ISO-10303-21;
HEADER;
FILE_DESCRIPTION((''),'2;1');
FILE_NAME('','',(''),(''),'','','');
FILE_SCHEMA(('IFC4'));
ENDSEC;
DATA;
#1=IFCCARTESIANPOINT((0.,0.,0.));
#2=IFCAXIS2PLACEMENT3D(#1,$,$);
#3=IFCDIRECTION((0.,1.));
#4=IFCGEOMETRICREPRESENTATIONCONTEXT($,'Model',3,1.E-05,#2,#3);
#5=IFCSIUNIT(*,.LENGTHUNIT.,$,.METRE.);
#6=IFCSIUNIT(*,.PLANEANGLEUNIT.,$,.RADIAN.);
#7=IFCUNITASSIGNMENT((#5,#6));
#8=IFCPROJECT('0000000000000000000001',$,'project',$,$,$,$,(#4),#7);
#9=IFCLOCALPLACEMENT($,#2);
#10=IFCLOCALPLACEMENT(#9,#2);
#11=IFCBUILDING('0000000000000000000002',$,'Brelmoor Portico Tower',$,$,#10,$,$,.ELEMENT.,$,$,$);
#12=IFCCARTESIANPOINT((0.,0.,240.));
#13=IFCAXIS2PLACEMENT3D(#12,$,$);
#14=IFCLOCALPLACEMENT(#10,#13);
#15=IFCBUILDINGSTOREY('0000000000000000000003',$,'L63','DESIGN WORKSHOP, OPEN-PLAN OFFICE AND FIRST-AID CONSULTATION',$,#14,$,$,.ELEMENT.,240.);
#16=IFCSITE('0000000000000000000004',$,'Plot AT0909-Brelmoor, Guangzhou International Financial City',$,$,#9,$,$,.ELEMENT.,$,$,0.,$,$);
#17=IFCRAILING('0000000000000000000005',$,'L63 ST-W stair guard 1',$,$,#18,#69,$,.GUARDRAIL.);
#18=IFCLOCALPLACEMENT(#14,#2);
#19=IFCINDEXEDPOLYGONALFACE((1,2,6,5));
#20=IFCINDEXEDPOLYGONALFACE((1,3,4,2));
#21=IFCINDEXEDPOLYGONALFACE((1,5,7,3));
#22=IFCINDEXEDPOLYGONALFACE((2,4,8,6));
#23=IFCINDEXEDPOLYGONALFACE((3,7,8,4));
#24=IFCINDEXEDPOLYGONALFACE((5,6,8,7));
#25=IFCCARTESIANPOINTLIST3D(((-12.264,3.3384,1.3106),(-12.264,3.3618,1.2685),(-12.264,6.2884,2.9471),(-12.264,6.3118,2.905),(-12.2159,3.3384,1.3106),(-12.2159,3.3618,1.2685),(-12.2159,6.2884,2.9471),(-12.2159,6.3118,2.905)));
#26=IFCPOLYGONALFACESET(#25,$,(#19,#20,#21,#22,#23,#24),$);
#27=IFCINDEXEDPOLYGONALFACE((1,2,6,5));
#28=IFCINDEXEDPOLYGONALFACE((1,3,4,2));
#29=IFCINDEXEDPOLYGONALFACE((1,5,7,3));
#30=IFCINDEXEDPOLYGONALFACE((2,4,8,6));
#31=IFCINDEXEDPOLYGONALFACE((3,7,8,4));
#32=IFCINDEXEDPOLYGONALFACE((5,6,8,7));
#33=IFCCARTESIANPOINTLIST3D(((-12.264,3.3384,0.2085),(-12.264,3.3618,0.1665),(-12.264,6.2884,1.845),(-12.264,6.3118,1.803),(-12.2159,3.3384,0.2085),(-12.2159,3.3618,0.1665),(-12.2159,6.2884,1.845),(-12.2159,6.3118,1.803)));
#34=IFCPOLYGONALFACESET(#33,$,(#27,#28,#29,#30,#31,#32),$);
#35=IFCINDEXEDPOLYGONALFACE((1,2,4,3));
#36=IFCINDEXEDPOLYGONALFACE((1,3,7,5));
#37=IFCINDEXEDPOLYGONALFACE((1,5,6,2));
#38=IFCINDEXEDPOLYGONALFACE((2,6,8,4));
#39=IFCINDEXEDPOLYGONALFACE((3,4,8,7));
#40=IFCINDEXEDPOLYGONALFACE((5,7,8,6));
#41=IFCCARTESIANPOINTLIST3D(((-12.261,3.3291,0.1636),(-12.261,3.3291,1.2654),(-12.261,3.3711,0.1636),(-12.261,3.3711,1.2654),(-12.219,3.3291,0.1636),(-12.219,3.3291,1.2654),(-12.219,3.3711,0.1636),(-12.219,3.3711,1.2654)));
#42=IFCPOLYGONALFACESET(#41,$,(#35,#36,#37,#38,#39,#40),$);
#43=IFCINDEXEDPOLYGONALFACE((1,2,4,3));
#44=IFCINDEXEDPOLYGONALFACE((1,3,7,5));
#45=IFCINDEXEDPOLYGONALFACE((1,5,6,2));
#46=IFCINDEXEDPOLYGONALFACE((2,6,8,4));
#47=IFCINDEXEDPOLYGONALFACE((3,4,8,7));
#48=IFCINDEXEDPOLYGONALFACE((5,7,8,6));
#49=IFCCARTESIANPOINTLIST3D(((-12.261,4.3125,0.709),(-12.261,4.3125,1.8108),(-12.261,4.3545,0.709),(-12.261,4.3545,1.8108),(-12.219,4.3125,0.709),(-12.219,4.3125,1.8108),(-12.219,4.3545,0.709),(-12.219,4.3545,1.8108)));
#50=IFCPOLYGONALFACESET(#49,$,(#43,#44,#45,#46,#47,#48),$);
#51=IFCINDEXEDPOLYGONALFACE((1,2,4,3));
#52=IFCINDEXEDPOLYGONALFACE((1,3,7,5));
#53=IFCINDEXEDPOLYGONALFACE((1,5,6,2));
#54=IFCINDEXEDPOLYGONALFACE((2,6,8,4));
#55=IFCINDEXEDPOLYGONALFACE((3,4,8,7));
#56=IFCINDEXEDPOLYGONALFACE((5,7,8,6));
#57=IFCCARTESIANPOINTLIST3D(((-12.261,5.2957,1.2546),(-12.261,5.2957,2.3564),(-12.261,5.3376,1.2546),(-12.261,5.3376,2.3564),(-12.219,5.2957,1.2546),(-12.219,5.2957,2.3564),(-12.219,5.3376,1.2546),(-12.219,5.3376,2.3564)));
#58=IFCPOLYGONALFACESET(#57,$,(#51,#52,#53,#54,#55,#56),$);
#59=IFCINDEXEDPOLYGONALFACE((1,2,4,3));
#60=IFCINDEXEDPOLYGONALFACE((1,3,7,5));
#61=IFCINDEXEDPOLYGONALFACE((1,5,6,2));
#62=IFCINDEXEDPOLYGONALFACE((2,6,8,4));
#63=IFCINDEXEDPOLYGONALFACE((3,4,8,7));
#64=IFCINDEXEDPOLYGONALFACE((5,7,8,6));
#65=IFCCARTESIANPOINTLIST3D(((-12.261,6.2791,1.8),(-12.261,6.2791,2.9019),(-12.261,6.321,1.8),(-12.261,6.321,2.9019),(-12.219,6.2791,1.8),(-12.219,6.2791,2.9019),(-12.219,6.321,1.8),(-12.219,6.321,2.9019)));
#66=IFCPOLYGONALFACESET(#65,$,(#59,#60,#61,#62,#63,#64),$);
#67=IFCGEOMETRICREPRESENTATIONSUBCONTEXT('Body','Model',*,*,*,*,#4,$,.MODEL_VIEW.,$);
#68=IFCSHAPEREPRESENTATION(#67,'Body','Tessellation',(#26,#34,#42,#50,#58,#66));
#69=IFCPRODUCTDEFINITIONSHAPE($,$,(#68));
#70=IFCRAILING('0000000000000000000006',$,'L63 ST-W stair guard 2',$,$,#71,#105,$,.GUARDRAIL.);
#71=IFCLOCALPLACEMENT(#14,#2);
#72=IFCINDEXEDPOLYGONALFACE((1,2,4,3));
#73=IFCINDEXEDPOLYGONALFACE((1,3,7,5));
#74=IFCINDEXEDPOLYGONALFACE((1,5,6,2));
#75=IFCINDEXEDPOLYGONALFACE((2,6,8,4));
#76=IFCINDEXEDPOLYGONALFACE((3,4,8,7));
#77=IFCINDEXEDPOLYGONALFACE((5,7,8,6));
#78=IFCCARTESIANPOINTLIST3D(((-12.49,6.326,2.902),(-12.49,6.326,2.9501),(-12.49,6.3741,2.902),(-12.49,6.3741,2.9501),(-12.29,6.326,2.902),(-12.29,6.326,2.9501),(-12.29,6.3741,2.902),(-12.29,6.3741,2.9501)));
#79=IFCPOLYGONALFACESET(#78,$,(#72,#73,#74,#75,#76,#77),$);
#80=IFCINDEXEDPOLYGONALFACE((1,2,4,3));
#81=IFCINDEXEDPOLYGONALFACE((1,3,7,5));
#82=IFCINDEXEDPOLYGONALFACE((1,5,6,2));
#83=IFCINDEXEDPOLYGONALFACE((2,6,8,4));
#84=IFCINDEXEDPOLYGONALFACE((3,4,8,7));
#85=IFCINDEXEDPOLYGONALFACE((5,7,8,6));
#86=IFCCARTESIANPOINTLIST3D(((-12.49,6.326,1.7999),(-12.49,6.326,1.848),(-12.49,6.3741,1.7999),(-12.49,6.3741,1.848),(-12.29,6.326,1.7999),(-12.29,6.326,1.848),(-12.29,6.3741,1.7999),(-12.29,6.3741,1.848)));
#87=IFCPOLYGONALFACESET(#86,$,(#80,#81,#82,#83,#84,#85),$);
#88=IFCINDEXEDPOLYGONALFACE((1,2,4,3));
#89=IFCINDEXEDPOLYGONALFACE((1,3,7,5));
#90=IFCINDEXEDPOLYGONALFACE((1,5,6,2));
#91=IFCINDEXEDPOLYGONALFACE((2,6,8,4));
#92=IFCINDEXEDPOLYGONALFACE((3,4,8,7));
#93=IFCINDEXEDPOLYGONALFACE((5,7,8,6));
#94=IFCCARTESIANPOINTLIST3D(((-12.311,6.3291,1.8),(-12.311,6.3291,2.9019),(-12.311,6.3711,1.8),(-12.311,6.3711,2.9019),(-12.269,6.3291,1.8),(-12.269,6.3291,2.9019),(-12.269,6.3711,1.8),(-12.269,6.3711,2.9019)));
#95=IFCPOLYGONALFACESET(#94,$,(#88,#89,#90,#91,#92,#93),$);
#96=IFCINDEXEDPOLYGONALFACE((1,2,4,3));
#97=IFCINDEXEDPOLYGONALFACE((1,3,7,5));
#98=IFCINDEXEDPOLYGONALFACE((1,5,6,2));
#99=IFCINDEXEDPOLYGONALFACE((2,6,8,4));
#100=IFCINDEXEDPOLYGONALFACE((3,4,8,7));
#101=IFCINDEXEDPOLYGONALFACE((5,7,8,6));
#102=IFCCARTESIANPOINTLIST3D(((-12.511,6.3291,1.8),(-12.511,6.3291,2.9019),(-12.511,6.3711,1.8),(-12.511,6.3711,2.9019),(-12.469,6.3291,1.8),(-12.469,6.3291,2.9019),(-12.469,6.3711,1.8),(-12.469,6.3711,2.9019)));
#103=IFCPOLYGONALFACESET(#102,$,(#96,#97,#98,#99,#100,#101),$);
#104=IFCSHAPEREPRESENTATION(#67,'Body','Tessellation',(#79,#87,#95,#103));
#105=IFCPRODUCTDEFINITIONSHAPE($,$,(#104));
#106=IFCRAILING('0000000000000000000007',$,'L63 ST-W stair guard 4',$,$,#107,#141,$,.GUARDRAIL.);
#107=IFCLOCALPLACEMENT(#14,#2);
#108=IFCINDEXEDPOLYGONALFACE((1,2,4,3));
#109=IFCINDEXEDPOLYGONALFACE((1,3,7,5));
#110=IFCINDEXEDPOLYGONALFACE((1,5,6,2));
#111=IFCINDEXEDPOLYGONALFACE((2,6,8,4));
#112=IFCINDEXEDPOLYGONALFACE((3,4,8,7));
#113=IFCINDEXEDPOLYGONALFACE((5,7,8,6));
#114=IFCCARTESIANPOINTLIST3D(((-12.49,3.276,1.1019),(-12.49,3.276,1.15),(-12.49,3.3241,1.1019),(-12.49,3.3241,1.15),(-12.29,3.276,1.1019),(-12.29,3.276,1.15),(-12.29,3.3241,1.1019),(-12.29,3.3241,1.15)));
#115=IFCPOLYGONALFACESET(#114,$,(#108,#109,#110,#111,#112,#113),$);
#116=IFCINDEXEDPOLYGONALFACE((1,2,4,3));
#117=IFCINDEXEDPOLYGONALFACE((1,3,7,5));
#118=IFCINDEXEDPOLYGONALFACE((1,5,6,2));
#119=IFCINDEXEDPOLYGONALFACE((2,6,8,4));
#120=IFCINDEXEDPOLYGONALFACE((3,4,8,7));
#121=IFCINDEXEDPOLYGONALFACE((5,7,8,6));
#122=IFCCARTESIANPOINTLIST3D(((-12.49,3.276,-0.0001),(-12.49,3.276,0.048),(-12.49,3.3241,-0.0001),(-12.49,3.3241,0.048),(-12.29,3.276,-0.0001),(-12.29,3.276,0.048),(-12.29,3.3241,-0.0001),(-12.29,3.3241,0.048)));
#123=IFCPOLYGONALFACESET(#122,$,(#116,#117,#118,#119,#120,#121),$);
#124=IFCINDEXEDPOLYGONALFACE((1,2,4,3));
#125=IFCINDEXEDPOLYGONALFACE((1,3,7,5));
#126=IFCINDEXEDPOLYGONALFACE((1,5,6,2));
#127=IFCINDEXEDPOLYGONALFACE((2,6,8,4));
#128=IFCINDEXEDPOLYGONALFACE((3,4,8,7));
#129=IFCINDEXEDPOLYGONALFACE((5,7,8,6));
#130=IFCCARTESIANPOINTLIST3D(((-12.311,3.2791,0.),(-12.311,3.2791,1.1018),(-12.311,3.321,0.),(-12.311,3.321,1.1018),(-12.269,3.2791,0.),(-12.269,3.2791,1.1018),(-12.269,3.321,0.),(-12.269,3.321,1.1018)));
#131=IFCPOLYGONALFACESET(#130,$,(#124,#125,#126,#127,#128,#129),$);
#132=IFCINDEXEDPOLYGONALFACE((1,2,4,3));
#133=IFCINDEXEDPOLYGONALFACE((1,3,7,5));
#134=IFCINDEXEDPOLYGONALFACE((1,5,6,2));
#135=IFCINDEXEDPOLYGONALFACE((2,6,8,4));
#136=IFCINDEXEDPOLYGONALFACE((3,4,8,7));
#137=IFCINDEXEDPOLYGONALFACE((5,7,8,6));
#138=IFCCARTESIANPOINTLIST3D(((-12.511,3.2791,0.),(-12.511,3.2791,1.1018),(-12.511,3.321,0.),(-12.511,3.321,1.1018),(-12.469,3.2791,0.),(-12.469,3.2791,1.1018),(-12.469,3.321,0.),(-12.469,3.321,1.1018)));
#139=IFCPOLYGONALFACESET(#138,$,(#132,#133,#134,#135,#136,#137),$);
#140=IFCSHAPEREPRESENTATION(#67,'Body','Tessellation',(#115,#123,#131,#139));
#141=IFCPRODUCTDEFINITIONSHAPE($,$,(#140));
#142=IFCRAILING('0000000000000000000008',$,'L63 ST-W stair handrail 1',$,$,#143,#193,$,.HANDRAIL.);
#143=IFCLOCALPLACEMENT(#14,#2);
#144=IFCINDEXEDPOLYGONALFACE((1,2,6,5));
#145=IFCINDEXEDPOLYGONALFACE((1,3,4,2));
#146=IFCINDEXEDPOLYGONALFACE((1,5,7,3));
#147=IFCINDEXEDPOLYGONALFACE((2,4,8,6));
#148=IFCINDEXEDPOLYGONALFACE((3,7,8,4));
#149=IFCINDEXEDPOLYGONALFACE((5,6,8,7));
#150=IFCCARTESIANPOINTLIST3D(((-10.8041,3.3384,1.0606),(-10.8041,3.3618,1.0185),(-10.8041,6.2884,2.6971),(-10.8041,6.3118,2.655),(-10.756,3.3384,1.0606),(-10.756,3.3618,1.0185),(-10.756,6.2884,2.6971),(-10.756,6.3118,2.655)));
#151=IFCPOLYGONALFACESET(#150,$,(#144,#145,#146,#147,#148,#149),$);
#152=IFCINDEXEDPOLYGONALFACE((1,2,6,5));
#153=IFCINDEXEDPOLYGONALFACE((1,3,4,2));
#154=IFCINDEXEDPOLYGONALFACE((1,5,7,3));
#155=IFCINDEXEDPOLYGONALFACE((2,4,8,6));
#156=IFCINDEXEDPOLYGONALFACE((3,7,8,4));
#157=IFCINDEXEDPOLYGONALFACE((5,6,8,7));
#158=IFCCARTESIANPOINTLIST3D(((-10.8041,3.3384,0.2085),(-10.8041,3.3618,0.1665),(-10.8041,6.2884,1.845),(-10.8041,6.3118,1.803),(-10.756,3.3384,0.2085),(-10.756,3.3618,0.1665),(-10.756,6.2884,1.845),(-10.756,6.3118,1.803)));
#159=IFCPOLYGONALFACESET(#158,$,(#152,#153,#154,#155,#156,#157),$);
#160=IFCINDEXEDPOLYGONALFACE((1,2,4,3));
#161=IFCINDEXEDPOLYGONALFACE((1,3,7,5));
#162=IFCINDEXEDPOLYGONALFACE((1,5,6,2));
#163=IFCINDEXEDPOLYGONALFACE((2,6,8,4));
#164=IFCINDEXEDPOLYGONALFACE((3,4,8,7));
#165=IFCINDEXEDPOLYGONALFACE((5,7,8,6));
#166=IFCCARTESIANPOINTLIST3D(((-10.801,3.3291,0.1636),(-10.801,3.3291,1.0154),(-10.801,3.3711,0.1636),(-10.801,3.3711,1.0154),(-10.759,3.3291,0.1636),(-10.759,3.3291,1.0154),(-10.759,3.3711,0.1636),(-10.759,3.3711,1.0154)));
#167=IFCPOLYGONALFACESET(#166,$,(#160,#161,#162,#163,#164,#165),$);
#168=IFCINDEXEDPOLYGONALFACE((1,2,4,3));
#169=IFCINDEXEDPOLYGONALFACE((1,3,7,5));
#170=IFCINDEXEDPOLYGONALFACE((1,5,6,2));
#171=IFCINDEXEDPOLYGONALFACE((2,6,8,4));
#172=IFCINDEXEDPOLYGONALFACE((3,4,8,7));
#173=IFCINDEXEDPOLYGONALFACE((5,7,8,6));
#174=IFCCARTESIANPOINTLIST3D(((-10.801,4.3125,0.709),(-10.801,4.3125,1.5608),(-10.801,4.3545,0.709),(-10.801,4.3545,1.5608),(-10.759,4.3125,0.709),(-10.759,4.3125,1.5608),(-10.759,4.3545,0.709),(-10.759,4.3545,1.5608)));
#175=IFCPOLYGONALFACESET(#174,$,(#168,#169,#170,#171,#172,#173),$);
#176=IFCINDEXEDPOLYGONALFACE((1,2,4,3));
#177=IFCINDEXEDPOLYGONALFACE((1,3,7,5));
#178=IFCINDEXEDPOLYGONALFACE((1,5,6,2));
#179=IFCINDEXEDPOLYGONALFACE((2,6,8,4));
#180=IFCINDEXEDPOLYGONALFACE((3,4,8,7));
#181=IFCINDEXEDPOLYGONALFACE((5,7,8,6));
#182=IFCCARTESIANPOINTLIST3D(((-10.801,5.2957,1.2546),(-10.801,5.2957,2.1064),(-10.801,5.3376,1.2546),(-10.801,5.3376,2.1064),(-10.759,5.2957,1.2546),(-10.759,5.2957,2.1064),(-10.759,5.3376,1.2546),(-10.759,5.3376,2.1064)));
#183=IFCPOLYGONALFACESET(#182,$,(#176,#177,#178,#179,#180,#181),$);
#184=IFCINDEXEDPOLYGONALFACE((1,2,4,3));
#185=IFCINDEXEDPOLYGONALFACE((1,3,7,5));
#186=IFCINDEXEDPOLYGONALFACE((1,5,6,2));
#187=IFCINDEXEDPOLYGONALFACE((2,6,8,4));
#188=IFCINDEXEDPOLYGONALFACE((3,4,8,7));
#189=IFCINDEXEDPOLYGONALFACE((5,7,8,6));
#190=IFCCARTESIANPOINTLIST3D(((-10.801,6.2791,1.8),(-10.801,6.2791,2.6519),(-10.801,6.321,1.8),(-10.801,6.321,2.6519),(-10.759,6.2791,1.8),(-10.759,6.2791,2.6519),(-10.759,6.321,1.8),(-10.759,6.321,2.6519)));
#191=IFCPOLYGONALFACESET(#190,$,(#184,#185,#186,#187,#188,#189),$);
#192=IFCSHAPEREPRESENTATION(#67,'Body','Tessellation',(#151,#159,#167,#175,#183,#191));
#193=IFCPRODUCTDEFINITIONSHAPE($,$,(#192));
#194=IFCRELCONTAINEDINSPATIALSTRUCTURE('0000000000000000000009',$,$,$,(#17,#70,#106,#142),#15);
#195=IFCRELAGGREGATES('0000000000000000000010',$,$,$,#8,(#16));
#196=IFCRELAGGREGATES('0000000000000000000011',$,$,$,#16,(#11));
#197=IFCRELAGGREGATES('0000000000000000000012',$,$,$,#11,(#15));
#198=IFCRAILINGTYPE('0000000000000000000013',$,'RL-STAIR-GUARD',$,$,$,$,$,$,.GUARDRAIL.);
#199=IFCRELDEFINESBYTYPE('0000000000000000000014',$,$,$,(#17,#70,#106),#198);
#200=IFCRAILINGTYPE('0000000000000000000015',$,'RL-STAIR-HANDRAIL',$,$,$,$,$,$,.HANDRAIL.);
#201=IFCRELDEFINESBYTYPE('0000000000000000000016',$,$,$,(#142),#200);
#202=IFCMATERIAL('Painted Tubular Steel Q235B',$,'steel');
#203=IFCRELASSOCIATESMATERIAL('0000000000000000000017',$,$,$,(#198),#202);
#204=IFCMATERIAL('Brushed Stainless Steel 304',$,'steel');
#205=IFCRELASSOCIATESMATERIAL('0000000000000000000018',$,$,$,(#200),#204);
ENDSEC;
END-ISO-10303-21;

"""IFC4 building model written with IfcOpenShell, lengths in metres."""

from ifc_helpers import new_model, si_unit, direction, frame, origin, origin_2d, place, context, subcontext, project, spatial, rectangle, extrude, material, type_object, element, save


model = new_model("IFC4")

# Units and contexts
model_context = context("Model", 3, precision=1e-05, world=origin(), true_north=direction((0.0, 1.0)))
body_context = subcontext(model_context, "Body", "Model", "MODEL_VIEW")
ifc_project = project(units=[si_unit("LENGTHUNIT", "METRE"), si_unit("PLANEANGLEUNIT", "RADIAN")], contexts=[model_context])

# Site, building, storey
site_placement = place(None, origin())
site = spatial("IfcSite", under=ifc_project, at=site_placement, Name="Plot AT0909-Brelmoor, Guangzhou International Financial City", CompositionType="ELEMENT", RefElevation=0.0)
building_placement = place(site_placement, origin())
building = spatial("IfcBuilding", under=site, at=building_placement, Name="Brelmoor Portico Tower", CompositionType="ELEMENT")
storey_placement = place(building_placement, frame((0.0, 0.0, 240.0)))
storey = spatial("IfcBuildingStorey", under=building, at=storey_placement, Name="L63", Description="DESIGN WORKSHOP, OPEN-PLAN OFFICE AND FIRST-AID CONSULTATION", CompositionType="ELEMENT", Elevation=240.0)

# Railings
ifc_material_1 = material(Name="Painted Tubular Steel Q235B", Category="steel")
railing_type_1 = type_object("IfcRailingType", Name="RL-STAIR-GUARD", PredefinedType="GUARDRAIL", material=ifc_material_1)
railing_1_placement = place(storey_placement, frame((-12.24, 3.3501, 0.1636)))
element("IfcRailing", 1, at=railing_1_placement, inside=storey, type_object=railing_type_1, Name="L63 ST-W stair guard 1", PredefinedType="GUARDRAIL", context=body_context, shape_type="SweptSolid", body=[
    extrude(rectangle(XDim=0.0481, YDim=0.0481, at=origin_2d()), frame((0.0, 0.0, 1.126), z_axis=(0.0, 0.874458, 0.485102), x_axis=(-1.0, 0.0, 0.0)), (0.0, 0.0, 1.0), 3.3735),
    extrude(rectangle(XDim=0.0481, YDim=0.0481, at=origin_2d()), frame((0.0, 0.0, 0.0239), z_axis=(0.0, 0.874458, 0.485102), x_axis=(-1.0, 0.0, 0.0)), (0.0, 0.0, 1.0), 3.3735),
    extrude(rectangle(XDim=0.042, YDim=0.042, at=origin_2d()), origin(), (0.0, 0.0, 1.0), 1.1018),
    extrude(rectangle(XDim=0.042, YDim=0.042, at=origin_2d()), frame((0.0, 0.9834, 0.5454)), (0.0, 0.0, 1.0), 1.1018),
    extrude(rectangle(XDim=0.042, YDim=0.042, at=origin_2d()), frame((0.0, 1.9666, 1.0911)), (0.0, 0.0, 1.0), 1.1018),
    extrude(rectangle(XDim=0.042, YDim=0.042, at=origin_2d()), frame((0.0, 2.95, 1.6365)), (0.0, 0.0, 1.0), 1.1018),
])
for number, where, name in (
    (2, (-12.29, 6.3501, 1.8), "L63 ST-W stair guard 2"),
    (3, (-12.29, 3.3, 0.0), "L63 ST-W stair guard 4"),
):
    element("IfcRailing", number, at=place(storey_placement, frame(where)), inside=storey, type_object=railing_type_1, Name=name, PredefinedType="GUARDRAIL", context=body_context, shape_type="SweptSolid", body=[
        extrude(rectangle(XDim=0.0481, YDim=0.0481, at=origin_2d()), frame((0.0, 0.0, 1.126), z_axis=(-1.0, 0.0, 0.0), x_axis=(0.0, -1.0, 0.0)), (0.0, 0.0, 1.0), 0.2),
        extrude(rectangle(XDim=0.0481, YDim=0.0481, at=origin_2d()), frame((0.0, 0.0, 0.0239), z_axis=(-1.0, 0.0, 0.0), x_axis=(0.0, -1.0, 0.0)), (0.0, 0.0, 1.0), 0.2),
        extrude(rectangle(XDim=0.042, YDim=0.042, at=origin_2d()), origin(), (0.0, 0.0, 1.0), 1.1018),
        extrude(rectangle(XDim=0.042, YDim=0.042, at=origin_2d()), frame((-0.2, 0.0, 0.0)), (0.0, 0.0, 1.0), 1.1018),
    ])
ifc_material_2 = material(Name="Brushed Stainless Steel 304", Category="steel")
railing_type_2 = type_object("IfcRailingType", Name="RL-STAIR-HANDRAIL", PredefinedType="HANDRAIL", material=ifc_material_2)
railing_2_placement = place(storey_placement, frame((-10.78, 3.3501, 0.1636)))
element("IfcRailing", 4, at=railing_2_placement, inside=storey, type_object=railing_type_2, Name="L63 ST-W stair handrail 1", PredefinedType="HANDRAIL", context=body_context, shape_type="SweptSolid", body=[
    extrude(rectangle(XDim=0.0481, YDim=0.0481, at=origin_2d()), frame((0.0, 0.0, 0.876), z_axis=(0.0, 0.874458, 0.485102), x_axis=(-1.0, 0.0, 0.0)), (0.0, 0.0, 1.0), 3.3735),
    extrude(rectangle(XDim=0.0481, YDim=0.0481, at=origin_2d()), frame((0.0, 0.0, 0.0239), z_axis=(0.0, 0.874458, 0.485102), x_axis=(-1.0, 0.0, 0.0)), (0.0, 0.0, 1.0), 3.3735),
    extrude(rectangle(XDim=0.042, YDim=0.042, at=origin_2d()), origin(), (0.0, 0.0, 1.0), 0.8518),
    extrude(rectangle(XDim=0.042, YDim=0.042, at=origin_2d()), frame((0.0, 0.9834, 0.5454)), (0.0, 0.0, 1.0), 0.8518),
    extrude(rectangle(XDim=0.042, YDim=0.042, at=origin_2d()), frame((0.0, 1.9666, 1.0911)), (0.0, 0.0, 1.0), 0.8518),
    extrude(rectangle(XDim=0.042, YDim=0.042, at=origin_2d()), frame((0.0, 2.95, 1.6365)), (0.0, 0.0, 1.0), 0.8518),
])

save(model, "model.ifc")
